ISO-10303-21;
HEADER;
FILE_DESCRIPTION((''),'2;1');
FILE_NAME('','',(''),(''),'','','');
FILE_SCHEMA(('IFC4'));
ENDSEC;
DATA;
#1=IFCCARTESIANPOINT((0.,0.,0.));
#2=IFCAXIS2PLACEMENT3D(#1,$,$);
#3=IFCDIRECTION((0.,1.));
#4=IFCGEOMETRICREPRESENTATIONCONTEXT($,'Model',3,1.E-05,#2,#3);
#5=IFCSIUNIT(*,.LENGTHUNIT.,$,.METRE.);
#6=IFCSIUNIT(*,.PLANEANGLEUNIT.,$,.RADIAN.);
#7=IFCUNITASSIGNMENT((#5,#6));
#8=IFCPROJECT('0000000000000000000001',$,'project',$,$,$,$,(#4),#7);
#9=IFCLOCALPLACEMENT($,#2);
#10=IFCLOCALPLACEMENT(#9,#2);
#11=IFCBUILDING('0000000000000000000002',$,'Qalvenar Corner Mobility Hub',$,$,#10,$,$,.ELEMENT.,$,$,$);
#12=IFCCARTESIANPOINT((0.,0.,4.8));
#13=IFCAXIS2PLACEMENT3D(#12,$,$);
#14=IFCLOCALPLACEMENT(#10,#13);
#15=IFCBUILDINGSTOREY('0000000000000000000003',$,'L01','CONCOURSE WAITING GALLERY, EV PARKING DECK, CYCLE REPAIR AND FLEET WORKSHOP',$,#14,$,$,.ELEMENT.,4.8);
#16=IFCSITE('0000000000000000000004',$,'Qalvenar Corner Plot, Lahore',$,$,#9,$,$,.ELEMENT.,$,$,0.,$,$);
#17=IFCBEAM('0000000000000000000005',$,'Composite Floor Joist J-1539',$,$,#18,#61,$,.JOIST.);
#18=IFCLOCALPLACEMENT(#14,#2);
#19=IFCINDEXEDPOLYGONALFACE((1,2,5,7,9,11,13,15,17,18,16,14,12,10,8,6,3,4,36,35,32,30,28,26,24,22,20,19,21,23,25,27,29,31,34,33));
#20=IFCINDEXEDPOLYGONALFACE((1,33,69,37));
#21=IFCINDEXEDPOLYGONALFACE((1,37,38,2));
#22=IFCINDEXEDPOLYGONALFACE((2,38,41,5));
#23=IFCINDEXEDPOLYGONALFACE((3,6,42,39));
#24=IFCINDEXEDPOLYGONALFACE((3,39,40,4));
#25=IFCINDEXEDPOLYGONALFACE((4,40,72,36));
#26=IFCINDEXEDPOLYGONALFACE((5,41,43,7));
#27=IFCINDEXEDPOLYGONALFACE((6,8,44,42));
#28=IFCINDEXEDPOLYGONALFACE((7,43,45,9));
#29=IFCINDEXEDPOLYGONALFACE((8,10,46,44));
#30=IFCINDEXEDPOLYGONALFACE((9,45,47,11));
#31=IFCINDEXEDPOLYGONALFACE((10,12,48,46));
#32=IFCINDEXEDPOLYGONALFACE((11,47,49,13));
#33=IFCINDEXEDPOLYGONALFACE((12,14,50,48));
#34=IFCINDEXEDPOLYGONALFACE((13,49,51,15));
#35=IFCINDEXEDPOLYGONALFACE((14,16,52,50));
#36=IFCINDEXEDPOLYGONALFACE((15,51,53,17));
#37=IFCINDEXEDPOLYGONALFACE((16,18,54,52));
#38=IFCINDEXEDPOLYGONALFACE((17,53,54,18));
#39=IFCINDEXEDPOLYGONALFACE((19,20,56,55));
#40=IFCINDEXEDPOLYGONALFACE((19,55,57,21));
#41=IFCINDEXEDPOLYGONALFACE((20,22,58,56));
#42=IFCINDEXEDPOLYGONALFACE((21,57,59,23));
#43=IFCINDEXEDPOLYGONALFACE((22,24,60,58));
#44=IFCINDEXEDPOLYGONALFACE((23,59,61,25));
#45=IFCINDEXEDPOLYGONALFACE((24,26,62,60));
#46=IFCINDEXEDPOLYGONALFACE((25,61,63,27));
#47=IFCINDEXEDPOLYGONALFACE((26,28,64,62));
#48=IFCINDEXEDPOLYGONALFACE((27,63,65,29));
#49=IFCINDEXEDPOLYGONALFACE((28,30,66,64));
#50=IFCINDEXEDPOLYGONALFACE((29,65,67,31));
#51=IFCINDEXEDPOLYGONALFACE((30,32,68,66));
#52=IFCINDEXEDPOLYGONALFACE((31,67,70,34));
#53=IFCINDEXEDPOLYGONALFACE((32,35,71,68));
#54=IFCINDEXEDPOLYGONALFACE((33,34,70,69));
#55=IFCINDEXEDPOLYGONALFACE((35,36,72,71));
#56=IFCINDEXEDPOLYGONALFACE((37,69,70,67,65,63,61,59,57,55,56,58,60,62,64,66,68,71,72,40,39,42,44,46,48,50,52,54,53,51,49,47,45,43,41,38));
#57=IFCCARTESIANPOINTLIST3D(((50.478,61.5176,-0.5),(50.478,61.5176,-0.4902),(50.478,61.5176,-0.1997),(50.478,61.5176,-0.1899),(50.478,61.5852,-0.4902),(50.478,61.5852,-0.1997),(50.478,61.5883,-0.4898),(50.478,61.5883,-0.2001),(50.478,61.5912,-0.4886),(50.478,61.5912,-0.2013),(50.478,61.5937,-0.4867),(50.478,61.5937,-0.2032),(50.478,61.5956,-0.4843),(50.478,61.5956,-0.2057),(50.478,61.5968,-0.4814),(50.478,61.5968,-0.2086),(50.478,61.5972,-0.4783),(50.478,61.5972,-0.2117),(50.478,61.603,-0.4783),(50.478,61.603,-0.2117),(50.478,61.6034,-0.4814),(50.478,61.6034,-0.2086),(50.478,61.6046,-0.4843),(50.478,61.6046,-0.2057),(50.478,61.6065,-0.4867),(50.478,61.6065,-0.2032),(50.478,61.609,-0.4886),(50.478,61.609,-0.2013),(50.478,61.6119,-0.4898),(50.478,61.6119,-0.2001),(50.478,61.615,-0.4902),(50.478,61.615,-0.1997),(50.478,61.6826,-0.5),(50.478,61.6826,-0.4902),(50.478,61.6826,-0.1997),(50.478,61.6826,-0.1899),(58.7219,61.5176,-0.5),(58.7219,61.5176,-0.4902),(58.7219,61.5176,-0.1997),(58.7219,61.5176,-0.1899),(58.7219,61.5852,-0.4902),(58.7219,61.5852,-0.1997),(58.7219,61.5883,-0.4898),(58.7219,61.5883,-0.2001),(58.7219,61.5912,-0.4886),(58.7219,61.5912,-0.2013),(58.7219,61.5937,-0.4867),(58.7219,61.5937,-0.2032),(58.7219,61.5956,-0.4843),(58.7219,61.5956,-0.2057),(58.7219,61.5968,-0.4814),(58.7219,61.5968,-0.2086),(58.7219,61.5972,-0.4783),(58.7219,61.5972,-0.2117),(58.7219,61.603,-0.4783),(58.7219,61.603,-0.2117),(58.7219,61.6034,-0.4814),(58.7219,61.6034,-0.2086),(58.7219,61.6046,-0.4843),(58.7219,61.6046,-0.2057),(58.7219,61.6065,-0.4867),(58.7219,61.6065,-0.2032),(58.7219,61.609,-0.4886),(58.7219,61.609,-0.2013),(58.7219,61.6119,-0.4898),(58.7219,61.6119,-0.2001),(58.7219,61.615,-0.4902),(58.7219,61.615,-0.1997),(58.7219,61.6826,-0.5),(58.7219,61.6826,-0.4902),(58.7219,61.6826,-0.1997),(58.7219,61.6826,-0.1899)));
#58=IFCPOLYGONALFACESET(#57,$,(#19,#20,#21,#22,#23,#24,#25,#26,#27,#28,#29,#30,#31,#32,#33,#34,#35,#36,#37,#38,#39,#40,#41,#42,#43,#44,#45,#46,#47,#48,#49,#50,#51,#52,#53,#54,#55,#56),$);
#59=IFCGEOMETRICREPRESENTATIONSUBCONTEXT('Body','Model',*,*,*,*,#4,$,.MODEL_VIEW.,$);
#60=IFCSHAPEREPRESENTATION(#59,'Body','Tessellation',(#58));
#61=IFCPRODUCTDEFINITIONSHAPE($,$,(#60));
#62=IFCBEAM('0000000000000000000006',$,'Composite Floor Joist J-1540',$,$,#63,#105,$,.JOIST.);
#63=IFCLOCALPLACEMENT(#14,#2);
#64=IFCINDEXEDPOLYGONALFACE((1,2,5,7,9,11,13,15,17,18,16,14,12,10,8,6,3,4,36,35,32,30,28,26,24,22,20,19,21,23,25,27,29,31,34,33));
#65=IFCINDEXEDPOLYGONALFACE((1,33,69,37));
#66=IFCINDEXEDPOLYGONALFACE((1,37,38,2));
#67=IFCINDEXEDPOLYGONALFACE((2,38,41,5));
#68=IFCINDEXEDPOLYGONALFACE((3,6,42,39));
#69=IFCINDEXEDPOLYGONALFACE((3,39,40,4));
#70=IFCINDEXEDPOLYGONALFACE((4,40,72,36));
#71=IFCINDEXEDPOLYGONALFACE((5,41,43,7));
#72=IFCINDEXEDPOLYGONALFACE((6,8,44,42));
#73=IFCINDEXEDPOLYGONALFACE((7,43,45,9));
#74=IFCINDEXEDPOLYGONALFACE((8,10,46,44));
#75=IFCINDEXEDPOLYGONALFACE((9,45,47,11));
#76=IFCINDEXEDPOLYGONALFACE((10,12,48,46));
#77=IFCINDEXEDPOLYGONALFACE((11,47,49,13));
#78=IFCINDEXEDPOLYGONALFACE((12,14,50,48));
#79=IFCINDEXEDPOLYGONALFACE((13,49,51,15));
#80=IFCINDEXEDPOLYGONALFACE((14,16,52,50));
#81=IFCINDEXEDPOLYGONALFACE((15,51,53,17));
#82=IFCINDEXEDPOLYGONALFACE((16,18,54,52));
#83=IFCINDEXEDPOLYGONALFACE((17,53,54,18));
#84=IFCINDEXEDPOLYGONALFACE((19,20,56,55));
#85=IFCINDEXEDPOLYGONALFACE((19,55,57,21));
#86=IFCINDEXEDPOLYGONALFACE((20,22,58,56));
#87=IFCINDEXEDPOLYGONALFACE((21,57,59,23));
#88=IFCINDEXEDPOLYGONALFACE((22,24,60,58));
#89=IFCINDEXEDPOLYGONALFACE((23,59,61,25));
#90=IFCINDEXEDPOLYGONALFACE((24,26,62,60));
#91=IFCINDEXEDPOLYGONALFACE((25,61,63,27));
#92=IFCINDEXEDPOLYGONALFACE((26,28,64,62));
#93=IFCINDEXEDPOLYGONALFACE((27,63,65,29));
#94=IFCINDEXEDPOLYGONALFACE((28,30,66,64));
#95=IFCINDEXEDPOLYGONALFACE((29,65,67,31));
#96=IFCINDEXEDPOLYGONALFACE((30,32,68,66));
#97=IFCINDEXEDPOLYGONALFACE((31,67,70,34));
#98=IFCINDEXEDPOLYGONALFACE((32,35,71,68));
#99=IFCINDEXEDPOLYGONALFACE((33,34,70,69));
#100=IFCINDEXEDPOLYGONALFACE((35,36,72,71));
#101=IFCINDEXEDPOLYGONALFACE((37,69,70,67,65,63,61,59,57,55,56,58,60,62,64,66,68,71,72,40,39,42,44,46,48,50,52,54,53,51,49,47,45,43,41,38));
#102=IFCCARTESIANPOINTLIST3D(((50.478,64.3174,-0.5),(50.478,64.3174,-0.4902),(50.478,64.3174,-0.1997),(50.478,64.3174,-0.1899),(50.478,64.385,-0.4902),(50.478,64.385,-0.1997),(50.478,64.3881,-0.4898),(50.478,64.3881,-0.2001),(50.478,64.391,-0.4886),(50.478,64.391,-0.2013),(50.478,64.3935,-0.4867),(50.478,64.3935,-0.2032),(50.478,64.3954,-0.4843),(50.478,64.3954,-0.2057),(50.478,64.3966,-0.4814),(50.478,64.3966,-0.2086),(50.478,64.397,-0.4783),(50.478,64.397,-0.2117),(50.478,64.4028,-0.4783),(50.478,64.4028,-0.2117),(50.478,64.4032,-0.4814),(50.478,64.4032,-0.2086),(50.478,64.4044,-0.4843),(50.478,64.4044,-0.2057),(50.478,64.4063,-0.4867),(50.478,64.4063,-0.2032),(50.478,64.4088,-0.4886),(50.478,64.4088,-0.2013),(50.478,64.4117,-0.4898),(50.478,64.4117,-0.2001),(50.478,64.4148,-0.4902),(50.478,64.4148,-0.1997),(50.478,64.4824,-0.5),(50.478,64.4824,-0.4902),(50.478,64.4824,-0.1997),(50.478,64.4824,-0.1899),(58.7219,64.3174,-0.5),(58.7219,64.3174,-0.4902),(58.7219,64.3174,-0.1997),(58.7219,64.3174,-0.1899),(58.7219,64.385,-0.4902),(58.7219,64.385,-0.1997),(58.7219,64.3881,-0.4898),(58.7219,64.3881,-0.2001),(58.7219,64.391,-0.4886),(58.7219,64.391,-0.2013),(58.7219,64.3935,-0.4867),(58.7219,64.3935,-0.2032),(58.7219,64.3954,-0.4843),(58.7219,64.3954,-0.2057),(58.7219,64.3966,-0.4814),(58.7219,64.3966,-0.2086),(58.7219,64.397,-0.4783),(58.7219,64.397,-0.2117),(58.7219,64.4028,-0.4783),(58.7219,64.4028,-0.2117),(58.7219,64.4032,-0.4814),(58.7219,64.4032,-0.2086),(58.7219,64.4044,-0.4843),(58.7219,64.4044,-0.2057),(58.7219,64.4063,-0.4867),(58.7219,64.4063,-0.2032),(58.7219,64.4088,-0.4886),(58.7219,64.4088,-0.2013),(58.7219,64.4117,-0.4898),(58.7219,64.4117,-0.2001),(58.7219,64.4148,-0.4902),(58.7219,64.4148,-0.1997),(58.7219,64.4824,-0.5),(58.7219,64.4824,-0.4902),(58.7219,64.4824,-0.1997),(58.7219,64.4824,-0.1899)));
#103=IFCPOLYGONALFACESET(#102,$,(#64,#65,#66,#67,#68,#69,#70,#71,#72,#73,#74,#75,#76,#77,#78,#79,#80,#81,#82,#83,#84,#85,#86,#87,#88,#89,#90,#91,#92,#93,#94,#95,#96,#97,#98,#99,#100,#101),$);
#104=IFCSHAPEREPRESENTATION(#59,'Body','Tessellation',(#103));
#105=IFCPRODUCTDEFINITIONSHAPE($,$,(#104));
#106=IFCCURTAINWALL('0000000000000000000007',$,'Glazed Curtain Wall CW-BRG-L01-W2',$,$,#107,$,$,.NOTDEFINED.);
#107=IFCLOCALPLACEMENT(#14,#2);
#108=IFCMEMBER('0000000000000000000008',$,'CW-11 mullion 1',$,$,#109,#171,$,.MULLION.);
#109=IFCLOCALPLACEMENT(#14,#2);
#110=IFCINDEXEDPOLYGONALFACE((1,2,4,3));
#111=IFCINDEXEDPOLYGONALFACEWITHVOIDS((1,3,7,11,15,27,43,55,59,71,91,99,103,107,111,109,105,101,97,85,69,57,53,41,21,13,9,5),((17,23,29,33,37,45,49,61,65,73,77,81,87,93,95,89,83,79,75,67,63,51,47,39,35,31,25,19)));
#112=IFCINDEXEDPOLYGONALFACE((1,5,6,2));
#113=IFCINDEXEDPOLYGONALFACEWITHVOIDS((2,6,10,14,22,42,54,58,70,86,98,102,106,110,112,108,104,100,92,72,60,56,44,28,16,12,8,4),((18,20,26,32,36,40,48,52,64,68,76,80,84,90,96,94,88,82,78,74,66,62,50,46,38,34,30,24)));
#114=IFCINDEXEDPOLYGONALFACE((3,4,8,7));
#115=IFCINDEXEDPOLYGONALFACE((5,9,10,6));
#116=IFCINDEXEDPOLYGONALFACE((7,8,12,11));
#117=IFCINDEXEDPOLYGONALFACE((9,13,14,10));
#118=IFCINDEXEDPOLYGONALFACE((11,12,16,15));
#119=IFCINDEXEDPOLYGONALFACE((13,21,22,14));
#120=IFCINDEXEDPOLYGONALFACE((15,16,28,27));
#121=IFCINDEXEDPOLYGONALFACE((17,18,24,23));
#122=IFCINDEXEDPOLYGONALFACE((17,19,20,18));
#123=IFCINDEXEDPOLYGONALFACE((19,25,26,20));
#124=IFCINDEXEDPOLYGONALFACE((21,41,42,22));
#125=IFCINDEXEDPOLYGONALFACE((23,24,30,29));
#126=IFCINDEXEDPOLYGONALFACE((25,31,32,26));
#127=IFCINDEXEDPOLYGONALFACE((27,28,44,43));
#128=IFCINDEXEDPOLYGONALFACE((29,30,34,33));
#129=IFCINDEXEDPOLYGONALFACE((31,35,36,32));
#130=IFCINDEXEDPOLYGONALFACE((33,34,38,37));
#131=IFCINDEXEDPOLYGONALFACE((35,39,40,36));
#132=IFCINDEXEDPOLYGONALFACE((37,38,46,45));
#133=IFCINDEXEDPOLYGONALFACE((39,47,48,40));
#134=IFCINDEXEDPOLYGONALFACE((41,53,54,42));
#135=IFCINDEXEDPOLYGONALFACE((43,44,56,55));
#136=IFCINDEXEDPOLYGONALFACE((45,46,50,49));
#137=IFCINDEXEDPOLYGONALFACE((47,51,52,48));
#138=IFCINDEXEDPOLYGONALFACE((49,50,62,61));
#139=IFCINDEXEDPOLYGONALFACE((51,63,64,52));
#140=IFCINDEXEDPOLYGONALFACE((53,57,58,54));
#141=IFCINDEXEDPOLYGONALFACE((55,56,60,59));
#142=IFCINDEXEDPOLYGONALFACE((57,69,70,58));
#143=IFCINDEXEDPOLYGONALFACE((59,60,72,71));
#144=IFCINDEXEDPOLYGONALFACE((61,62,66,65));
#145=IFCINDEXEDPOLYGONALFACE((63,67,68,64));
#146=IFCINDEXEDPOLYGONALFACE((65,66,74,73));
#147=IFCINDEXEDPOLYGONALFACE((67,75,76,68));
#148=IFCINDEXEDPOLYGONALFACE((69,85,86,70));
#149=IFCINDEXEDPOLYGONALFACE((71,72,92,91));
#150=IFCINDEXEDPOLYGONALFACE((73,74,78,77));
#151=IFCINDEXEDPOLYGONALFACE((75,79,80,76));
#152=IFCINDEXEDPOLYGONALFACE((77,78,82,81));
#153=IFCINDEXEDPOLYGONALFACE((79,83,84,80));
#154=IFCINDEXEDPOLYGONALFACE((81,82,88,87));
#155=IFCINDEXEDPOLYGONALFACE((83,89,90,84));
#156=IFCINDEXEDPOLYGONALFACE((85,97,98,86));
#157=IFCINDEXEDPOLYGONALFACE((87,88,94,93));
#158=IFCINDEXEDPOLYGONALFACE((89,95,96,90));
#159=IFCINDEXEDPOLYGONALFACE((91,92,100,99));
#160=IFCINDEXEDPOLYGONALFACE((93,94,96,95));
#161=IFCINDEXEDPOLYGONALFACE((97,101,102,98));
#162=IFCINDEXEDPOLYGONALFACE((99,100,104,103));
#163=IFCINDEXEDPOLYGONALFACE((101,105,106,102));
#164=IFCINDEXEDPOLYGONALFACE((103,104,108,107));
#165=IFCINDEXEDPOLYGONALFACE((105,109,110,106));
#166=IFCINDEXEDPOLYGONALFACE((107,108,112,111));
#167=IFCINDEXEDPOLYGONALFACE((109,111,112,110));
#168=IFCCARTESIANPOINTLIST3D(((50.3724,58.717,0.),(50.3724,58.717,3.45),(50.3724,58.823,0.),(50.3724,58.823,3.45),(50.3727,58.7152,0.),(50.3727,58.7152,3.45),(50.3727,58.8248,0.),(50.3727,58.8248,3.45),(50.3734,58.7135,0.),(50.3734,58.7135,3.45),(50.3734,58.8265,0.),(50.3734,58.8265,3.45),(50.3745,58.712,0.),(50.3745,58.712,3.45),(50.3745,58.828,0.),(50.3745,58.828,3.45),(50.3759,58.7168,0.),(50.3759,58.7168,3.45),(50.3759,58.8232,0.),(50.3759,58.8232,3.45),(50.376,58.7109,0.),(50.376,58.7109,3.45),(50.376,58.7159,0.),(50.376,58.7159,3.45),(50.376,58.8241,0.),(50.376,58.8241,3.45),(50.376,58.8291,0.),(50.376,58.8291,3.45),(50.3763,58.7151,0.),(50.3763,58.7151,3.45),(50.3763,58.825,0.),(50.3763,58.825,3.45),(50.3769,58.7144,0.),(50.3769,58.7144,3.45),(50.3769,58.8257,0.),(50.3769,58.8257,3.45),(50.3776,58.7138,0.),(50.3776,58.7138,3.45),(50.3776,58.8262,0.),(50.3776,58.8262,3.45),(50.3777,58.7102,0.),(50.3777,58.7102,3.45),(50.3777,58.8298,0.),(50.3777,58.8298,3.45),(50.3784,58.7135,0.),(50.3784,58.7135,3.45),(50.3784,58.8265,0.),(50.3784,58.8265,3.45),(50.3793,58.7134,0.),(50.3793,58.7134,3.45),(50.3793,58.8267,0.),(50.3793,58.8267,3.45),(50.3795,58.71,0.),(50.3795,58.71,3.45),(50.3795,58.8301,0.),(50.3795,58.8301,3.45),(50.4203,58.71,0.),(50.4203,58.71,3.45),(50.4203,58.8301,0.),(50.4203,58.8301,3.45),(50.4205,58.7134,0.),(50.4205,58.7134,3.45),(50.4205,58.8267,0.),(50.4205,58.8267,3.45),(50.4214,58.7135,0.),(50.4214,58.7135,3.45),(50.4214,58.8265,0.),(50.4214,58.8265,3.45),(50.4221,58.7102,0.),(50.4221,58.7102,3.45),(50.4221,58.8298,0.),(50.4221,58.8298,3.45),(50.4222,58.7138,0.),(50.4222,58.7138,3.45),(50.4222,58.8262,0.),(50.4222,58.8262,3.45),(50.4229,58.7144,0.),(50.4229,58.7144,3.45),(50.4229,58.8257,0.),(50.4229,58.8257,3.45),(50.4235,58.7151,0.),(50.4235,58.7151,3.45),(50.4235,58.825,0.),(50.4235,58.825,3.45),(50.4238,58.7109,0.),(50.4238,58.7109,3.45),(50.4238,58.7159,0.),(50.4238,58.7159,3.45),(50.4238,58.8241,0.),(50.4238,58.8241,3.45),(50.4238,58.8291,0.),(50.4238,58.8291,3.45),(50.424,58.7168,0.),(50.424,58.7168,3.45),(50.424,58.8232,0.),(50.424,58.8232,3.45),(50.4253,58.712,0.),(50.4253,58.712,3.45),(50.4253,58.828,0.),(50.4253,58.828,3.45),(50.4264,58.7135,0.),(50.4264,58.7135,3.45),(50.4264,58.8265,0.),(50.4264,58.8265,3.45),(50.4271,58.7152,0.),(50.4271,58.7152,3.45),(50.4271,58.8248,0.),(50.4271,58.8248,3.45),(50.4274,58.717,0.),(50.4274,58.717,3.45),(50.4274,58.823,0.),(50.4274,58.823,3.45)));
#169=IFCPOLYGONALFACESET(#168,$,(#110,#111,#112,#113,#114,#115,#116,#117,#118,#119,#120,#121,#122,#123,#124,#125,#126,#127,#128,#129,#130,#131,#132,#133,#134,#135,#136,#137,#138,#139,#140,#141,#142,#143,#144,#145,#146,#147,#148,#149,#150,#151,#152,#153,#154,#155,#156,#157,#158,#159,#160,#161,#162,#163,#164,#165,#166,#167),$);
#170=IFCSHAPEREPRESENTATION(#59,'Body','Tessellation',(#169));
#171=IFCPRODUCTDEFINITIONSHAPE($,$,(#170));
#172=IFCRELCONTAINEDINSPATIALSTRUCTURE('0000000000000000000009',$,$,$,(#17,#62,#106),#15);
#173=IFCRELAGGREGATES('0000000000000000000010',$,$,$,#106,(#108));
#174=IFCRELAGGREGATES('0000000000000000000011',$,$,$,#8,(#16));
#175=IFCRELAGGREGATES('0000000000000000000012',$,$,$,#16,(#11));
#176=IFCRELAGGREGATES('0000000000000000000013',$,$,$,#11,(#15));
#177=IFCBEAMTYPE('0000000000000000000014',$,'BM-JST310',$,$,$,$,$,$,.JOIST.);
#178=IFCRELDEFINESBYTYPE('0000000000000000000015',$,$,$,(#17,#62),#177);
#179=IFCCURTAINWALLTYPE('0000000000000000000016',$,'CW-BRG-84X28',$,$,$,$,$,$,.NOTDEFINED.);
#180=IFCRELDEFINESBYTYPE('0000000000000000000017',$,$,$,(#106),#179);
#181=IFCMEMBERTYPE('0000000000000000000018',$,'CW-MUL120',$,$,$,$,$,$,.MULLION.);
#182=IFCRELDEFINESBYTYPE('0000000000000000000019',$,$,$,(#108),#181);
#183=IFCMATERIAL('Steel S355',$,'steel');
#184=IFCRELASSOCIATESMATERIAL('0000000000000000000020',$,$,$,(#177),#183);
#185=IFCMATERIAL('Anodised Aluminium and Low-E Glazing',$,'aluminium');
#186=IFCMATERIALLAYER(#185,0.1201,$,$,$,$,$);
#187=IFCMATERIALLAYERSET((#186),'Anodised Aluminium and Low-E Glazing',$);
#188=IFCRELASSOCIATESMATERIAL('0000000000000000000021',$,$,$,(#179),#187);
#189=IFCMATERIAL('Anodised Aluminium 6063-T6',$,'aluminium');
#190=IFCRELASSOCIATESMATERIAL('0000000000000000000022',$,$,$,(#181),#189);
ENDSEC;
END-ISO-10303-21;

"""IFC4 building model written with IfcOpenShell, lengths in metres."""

from ifc_helpers import new_model, si_unit, direction, frame, origin, origin_2d, place, context, subcontext, project, spatial, hollow_rectangle, i_section, extrude, material, layer, layer_set, material_profile, profile_set, type_object, element, aggregate, save


model = new_model("IFC4")

# Units and contexts
model_context = context("Model", 3, precision=1e-05, world=origin(), true_north=direction((0.0, 1.0)))
body_context = subcontext(model_context, "Body", "Model", "MODEL_VIEW")
ifc_project = project(units=[si_unit("LENGTHUNIT", "METRE"), si_unit("PLANEANGLEUNIT", "RADIAN")], contexts=[model_context])

# Site, building, storey
site_placement = place(None, origin())
site = spatial("IfcSite", under=ifc_project, at=site_placement, Name="Qalvenar Corner Plot, Lahore", CompositionType="ELEMENT", RefElevation=0.0)
building_placement = place(site_placement, origin())
building = spatial("IfcBuilding", under=site, at=building_placement, Name="Qalvenar Corner Mobility Hub", CompositionType="ELEMENT")
storey_placement = place(building_placement, frame((0.0, 0.0, 4.8)))
storey = spatial("IfcBuildingStorey", under=building, at=storey_placement, Name="L01", Description="CONCOURSE WAITING GALLERY, EV PARKING DECK, CYCLE REPAIR AND FLEET WORKSHOP", CompositionType="ELEMENT", Elevation=4.8)

# Shared definitions
ifc_material_1 = material(Name="Steel S355", Category="steel")

# Beams
ifc_material_profile_1 = material_profile(ifc_material_1, i_section(OverallWidth=0.165, OverallDepth=0.3101, WebThickness=0.0059, FlangeThickness=0.0098, FilletRadius=0.012, at=origin_2d()), Name="W310x38.7")
ifc_profile_set_1 = profile_set([ifc_material_profile_1], Name="Steel S355")
beam_type_1 = type_object("IfcBeamType", Name="BM-JST310", PredefinedType="JOIST", material=ifc_profile_set_1)
for number, where, z_axis, x_axis, name in (
    (1, (50.478, 61.6001, -0.345), (1.0, 0.0, 0.0), (0.0, 1.0, 0.0), "Composite Floor Joist J-1539"),
    (2, (50.478, 64.3999, -0.345), (1.0, 0.0, 0.0), (0.0, 1.0, 0.0), "Composite Floor Joist J-1540"),
):
    element("IfcBeam", number, at=place(storey_placement, frame(where, z_axis=z_axis, x_axis=x_axis)), inside=storey, type_object=beam_type_1, Name=name, PredefinedType="JOIST", context=body_context, shape_type="SweptSolid", body=[
        extrude(i_section(OverallWidth=0.165, OverallDepth=0.3101, WebThickness=0.0059, FlangeThickness=0.0098, FilletRadius=0.012, at=origin_2d()), origin(), (0.0, 0.0, 1.0), 8.2439),
    ])

# Curtain wall, member
ifc_material_2 = material(Name="Anodised Aluminium and Low-E Glazing", Category="aluminium")
ifc_layer_1 = layer(ifc_material_2, 0.1201)
ifc_layer_set_1 = layer_set([ifc_layer_1], Name="Anodised Aluminium and Low-E Glazing")
curtain_wall_type = type_object("IfcCurtainWallType", Name="CW-BRG-84X28", PredefinedType="NOTDEFINED", material=ifc_layer_set_1)
curtain_wall_1_placement = place(storey_placement, origin())
curtain_wall_1 = element("IfcCurtainWall", 3, at=curtain_wall_1_placement, inside=storey, type_object=curtain_wall_type, Name="Glazed Curtain Wall CW-BRG-L01-W2", PredefinedType="NOTDEFINED")
ifc_material_3 = material(Name="Anodised Aluminium 6063-T6", Category="aluminium")
ifc_material_profile_2 = material_profile(ifc_material_3, hollow_rectangle(XDim=0.0549, YDim=0.1201, WallThickness=0.0034, InnerFilletRadius=0.0034, OuterFilletRadius=0.0071, at=origin_2d()), Name="RHS120x55x3.5")
ifc_profile_set_2 = profile_set([ifc_material_profile_2], Name="Anodised Aluminium 6063-T6")
member_type_1 = type_object("IfcMemberType", Name="CW-MUL120", PredefinedType="MULLION", material=ifc_profile_set_2)
member_1_placement = place(storey_placement, frame((50.3999, 58.77, 0.0), z_axis=(0.0, 0.0, 1.0), x_axis=(1.0, 0.0, 0.0)))
member_1 = element("IfcMember", 4, at=member_1_placement, type_object=member_type_1, Name="CW-11 mullion 1", PredefinedType="MULLION", context=body_context, shape_type="SweptSolid", body=[
    extrude(hollow_rectangle(XDim=0.0549, YDim=0.1201, WallThickness=0.0034, InnerFilletRadius=0.0034, OuterFilletRadius=0.0071, at=origin_2d()), origin(), (0.0, 0.0, 1.0), 3.45),
])

aggregate(curtain_wall_1, [member_1])

save(model, "model.ifc")
